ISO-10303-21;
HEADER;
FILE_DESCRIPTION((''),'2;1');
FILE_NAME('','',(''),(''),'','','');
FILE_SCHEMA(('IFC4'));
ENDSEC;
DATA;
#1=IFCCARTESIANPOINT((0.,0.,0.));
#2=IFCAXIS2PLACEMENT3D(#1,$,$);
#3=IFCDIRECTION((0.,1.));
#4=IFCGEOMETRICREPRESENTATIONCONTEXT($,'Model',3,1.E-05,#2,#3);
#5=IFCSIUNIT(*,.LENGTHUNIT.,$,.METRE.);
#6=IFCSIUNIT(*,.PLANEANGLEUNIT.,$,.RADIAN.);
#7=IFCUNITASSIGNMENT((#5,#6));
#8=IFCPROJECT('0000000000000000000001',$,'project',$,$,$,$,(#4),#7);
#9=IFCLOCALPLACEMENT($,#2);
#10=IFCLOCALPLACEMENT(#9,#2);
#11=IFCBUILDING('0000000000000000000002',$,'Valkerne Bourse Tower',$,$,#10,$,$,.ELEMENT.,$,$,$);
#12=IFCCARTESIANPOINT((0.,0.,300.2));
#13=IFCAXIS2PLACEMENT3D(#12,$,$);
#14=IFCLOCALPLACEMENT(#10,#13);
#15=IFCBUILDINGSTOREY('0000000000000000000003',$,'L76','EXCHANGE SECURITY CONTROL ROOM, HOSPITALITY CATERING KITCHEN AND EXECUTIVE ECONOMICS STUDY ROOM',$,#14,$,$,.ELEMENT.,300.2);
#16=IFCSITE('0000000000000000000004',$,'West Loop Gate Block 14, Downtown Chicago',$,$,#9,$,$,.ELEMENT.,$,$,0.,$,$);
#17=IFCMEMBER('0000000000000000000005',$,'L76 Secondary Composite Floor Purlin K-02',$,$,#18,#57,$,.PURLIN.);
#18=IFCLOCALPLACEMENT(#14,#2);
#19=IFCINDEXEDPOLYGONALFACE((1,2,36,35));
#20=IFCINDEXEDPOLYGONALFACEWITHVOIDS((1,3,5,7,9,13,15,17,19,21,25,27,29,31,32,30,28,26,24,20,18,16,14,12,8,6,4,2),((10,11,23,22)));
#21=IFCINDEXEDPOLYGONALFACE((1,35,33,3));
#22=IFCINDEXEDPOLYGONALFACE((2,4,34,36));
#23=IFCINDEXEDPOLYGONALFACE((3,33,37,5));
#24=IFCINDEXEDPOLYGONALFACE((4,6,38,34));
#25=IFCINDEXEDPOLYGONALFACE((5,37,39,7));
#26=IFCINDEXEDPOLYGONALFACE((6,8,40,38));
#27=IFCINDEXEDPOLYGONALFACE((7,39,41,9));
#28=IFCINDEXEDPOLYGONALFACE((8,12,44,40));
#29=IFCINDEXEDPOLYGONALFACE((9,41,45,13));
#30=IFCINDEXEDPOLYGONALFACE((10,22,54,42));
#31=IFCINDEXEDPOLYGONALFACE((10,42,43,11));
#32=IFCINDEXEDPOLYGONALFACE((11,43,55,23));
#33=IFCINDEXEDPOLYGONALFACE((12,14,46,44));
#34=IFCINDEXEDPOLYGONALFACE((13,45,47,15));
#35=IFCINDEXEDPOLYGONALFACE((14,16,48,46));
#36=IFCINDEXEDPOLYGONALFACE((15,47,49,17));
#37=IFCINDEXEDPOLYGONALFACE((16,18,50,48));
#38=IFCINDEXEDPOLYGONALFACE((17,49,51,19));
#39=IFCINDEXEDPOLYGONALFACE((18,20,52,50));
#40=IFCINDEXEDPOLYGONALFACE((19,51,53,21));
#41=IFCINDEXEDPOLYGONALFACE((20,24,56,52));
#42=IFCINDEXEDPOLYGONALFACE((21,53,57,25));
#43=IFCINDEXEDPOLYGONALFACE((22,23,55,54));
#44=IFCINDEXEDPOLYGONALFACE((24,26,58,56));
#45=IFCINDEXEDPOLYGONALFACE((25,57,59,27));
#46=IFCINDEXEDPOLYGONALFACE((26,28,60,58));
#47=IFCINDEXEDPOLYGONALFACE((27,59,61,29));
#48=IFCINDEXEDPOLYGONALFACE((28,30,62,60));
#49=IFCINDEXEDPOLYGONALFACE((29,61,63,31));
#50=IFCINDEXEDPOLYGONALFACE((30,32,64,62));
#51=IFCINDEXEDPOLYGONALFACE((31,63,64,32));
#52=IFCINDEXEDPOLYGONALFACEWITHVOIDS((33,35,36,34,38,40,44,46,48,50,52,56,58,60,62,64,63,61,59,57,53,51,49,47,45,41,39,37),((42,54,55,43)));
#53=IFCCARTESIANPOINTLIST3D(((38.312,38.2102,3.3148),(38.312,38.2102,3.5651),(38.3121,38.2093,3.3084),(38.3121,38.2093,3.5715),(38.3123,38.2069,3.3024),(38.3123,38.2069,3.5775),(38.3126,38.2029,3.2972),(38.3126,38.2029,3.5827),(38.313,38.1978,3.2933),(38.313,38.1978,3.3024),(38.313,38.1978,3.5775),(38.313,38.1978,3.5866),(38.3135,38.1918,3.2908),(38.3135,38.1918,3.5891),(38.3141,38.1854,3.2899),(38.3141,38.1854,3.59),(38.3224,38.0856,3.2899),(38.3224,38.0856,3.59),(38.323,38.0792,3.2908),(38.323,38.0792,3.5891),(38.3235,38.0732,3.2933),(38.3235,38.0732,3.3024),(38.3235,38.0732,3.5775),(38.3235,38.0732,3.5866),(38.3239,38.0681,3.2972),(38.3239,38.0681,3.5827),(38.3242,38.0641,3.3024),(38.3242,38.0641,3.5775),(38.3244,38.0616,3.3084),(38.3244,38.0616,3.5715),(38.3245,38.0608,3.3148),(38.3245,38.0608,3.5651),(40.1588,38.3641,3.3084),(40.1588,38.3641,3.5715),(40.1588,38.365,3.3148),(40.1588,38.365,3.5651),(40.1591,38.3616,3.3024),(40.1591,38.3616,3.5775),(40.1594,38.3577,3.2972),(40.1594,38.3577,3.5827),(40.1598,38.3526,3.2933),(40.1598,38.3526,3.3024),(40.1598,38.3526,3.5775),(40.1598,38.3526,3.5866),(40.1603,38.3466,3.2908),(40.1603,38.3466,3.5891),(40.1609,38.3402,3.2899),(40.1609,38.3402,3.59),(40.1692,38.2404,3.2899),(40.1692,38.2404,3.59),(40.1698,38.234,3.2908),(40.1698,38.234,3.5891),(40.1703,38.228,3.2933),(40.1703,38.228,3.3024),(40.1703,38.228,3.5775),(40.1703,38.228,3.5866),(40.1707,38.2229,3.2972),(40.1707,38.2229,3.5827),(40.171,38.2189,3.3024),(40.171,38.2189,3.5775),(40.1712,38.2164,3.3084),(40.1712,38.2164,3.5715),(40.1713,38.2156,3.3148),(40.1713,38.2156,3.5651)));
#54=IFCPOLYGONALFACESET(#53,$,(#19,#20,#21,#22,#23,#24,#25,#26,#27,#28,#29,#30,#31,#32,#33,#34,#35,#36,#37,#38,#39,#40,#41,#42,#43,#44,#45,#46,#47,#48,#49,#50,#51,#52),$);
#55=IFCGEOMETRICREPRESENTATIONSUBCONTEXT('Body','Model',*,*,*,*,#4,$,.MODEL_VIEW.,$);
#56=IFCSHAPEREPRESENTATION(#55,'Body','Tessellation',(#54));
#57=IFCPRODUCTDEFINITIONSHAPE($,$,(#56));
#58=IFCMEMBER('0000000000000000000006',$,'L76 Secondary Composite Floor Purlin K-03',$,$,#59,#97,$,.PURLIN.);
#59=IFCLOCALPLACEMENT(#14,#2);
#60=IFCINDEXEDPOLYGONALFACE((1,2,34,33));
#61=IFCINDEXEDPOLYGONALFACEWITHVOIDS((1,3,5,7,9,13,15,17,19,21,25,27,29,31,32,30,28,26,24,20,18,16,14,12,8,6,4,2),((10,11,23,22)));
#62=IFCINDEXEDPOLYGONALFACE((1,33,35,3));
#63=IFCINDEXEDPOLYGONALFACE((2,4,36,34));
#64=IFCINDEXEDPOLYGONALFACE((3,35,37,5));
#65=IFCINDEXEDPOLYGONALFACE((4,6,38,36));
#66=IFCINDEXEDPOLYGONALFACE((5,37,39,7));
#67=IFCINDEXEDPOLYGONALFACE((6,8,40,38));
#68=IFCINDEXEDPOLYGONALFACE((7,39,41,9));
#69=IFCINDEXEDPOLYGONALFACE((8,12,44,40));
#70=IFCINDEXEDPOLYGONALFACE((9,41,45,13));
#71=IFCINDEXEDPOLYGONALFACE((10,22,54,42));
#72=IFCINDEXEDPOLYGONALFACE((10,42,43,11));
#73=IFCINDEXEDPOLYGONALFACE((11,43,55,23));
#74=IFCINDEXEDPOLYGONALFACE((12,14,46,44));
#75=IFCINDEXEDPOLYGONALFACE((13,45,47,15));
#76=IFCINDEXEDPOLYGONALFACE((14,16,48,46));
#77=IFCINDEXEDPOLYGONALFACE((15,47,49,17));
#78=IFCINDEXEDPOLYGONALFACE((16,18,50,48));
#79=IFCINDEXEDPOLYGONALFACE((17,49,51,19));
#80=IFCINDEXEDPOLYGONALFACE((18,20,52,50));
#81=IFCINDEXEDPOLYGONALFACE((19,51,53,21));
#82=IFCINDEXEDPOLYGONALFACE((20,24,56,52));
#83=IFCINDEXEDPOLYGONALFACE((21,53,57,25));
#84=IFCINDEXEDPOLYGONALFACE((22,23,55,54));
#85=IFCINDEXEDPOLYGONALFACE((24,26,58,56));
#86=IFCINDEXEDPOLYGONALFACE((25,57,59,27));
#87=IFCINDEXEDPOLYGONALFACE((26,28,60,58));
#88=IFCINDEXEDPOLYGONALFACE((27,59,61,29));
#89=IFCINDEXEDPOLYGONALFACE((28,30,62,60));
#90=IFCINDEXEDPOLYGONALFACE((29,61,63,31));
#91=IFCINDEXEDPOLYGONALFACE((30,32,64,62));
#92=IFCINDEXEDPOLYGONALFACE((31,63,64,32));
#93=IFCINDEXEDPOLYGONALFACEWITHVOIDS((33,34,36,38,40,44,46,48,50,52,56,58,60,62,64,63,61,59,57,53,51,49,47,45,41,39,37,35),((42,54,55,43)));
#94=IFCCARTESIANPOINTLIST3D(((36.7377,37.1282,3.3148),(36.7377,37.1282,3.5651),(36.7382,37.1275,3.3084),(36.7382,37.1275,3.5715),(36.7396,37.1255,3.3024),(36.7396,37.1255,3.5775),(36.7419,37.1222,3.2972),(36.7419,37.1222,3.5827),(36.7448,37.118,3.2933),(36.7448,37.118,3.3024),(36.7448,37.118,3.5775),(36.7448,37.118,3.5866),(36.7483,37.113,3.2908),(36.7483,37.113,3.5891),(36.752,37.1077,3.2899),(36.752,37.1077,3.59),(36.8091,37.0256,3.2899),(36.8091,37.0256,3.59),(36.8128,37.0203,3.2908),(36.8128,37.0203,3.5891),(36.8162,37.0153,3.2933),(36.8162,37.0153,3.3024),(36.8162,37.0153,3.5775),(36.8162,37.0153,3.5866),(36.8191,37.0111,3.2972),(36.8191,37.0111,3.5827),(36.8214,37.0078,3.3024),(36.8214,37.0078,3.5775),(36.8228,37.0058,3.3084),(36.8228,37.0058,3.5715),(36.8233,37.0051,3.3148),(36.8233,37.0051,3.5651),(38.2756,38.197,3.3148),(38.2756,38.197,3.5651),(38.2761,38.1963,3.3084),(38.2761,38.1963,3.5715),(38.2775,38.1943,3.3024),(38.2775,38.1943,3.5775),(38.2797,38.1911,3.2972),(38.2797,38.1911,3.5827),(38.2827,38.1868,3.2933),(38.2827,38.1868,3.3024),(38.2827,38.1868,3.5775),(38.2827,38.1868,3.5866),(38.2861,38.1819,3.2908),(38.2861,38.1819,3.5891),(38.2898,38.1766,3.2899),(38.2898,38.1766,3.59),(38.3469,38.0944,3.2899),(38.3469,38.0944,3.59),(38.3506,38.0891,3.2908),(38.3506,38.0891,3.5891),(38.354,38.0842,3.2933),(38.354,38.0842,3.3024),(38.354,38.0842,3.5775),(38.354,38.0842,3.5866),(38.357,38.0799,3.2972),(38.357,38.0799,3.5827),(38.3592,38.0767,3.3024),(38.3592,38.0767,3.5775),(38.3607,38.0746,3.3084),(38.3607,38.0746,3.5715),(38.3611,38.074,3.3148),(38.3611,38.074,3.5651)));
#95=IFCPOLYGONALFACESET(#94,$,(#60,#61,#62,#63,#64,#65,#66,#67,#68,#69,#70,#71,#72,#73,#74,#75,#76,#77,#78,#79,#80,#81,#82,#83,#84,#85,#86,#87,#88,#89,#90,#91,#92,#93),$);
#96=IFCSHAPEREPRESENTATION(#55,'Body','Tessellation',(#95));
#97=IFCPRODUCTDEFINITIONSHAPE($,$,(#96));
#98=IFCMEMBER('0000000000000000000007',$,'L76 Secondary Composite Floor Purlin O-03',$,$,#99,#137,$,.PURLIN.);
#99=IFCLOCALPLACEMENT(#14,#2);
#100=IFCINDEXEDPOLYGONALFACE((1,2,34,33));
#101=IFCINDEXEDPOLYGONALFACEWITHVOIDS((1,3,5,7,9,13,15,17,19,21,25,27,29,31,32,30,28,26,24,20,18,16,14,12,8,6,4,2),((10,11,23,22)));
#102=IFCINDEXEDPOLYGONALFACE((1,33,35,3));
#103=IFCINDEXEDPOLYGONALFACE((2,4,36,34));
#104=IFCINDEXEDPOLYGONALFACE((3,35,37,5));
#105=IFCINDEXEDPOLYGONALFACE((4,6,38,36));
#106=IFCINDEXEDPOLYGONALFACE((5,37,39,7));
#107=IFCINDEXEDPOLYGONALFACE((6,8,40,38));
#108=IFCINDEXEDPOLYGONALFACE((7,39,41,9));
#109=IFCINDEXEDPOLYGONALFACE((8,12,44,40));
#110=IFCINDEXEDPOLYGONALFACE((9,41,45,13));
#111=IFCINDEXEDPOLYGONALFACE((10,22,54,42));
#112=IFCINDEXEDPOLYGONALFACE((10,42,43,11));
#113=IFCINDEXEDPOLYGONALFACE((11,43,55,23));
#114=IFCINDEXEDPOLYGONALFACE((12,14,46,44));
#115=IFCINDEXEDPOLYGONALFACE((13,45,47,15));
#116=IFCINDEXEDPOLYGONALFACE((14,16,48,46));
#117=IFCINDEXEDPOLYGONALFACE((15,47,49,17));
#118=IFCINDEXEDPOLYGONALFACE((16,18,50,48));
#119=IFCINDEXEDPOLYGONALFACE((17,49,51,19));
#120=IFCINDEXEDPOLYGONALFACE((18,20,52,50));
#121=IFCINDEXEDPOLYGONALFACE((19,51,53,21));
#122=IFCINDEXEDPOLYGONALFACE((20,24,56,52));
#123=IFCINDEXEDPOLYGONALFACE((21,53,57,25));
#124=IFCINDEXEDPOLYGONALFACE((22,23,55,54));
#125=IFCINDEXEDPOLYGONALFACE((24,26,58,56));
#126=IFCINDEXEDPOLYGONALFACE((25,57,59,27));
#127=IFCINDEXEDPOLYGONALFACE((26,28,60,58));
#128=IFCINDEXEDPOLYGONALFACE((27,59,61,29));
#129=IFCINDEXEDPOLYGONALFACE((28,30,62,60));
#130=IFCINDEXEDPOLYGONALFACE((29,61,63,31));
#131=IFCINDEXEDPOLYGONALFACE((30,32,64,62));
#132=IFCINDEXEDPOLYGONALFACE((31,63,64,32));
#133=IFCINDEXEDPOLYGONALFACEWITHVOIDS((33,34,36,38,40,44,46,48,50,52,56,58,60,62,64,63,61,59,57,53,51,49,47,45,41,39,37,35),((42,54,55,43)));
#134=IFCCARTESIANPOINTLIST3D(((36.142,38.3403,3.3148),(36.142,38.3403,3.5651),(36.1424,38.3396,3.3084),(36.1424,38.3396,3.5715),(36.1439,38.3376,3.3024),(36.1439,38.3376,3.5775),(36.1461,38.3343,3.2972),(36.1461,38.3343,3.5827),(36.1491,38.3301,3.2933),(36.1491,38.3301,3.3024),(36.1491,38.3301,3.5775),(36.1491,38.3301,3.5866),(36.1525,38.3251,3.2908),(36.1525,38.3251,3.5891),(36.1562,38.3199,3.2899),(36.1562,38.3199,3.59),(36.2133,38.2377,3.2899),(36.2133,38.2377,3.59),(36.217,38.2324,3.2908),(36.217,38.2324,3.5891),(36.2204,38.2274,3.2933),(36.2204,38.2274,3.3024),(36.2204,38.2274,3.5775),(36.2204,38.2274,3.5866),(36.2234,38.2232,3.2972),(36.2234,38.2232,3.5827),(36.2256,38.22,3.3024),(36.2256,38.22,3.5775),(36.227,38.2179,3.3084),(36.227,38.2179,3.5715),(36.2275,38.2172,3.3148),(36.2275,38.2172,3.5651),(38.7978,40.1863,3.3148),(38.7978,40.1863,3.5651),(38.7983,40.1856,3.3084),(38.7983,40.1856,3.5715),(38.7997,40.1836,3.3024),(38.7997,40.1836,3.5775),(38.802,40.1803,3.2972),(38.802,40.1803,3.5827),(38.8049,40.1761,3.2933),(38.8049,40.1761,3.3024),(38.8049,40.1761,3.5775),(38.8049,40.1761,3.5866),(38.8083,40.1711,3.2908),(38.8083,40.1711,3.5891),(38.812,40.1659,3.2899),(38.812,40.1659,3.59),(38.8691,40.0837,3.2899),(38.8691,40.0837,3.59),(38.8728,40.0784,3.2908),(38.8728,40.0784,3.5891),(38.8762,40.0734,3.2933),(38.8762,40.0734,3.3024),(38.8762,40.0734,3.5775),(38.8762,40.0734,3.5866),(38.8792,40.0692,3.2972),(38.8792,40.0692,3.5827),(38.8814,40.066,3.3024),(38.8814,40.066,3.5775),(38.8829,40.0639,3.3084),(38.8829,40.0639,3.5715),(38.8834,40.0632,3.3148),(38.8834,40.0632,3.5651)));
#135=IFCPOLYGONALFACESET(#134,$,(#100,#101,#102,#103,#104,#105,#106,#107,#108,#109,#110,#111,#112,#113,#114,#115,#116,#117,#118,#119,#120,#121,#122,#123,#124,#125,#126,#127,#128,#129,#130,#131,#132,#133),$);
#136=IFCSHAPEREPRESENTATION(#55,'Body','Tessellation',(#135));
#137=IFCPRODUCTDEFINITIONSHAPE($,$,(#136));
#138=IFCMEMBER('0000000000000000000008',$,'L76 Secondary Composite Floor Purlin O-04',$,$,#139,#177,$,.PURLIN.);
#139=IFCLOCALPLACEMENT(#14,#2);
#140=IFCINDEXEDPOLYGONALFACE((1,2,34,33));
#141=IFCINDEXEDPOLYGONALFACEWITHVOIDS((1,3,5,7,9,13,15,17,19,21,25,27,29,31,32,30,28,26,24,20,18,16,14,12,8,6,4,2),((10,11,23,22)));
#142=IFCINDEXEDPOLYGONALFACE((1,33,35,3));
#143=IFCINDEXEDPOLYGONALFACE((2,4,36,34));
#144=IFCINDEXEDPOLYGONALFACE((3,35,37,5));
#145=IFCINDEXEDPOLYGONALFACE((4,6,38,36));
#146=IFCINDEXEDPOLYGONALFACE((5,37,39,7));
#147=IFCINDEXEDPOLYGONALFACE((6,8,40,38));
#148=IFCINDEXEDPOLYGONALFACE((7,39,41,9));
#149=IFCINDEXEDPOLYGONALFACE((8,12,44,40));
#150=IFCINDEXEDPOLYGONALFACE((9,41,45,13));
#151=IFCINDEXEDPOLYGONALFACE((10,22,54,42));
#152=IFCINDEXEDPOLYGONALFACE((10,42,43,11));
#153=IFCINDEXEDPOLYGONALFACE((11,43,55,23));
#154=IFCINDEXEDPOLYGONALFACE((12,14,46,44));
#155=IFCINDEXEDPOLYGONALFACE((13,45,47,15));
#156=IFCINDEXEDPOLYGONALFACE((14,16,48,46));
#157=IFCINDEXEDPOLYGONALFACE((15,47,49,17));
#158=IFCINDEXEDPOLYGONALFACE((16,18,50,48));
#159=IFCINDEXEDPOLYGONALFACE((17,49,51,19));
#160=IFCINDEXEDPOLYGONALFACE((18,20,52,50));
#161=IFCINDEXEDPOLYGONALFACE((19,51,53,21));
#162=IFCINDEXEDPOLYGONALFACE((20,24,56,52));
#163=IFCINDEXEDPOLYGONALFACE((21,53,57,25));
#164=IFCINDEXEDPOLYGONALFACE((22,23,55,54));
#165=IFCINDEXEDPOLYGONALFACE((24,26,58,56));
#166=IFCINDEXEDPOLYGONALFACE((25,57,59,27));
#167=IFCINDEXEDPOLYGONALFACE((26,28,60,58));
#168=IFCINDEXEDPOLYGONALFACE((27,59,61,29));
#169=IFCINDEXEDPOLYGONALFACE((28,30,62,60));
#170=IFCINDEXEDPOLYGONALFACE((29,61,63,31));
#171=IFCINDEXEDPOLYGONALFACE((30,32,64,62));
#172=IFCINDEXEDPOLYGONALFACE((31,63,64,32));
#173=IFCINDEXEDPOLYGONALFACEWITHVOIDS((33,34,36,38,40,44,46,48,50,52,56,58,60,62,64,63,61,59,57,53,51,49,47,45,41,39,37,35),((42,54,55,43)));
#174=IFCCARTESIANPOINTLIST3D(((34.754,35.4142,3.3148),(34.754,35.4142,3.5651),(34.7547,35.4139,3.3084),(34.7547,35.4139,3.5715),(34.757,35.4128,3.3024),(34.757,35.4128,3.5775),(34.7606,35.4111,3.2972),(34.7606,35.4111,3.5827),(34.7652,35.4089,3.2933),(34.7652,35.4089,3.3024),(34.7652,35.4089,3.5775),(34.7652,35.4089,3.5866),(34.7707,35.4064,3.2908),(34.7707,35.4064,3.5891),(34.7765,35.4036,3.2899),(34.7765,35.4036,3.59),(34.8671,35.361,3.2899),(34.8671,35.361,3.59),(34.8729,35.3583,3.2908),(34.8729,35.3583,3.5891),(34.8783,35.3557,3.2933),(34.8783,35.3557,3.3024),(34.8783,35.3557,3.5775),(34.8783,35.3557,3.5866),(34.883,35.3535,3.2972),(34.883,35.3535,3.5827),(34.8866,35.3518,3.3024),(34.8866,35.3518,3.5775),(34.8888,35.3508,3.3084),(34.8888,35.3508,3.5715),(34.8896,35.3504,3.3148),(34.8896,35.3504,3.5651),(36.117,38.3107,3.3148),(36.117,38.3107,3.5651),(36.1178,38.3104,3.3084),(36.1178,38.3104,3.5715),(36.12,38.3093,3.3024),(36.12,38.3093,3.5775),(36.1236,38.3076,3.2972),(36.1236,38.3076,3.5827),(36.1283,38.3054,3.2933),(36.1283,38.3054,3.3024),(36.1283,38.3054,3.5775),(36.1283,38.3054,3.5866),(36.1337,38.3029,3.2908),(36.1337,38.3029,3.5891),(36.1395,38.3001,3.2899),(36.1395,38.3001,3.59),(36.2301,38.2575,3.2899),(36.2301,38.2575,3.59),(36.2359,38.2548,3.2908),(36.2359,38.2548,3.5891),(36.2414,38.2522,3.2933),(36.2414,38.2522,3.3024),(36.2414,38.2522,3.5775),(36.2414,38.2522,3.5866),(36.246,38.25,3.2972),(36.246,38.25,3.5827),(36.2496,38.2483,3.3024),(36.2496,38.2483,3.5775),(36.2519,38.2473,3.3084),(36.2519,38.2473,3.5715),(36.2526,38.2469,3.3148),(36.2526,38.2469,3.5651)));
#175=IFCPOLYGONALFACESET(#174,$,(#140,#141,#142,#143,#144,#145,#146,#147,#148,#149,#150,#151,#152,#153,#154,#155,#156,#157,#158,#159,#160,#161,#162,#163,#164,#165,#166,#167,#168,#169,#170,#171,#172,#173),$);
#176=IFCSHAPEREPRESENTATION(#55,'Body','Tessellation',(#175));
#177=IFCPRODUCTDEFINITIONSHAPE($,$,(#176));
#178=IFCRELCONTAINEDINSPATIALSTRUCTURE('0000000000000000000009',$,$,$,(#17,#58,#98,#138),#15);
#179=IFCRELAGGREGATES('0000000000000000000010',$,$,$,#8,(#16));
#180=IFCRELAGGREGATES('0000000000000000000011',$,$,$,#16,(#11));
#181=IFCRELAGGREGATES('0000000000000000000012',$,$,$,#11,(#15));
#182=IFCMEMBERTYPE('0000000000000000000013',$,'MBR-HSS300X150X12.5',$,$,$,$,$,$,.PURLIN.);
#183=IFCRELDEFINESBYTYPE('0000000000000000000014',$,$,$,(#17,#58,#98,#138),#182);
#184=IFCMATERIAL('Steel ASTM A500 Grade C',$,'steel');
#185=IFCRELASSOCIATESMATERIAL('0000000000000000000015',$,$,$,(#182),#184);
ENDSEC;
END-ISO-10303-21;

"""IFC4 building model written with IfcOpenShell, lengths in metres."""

from ifc_helpers import new_model, si_unit, direction, frame, origin, origin_2d, place, context, subcontext, project, spatial, hollow_rectangle, extrude, material, material_profile, profile_set, type_object, element, save


model = new_model("IFC4")

# Units and contexts
model_context = context("Model", 3, precision=1e-05, world=origin(), true_north=direction((0.0, 1.0)))
body_context = subcontext(model_context, "Body", "Model", "MODEL_VIEW")
ifc_project = project(units=[si_unit("LENGTHUNIT", "METRE"), si_unit("PLANEANGLEUNIT", "RADIAN")], contexts=[model_context])

# Site, building, storey
site_placement = place(None, origin())
site = spatial("IfcSite", under=ifc_project, at=site_placement, Name="West Loop Gate Block 14, Downtown Chicago", CompositionType="ELEMENT", RefElevation=0.0)
building_placement = place(site_placement, origin())
building = spatial("IfcBuilding", under=site, at=building_placement, Name="Valkerne Bourse Tower", CompositionType="ELEMENT")
storey_placement = place(building_placement, frame((0.0, 0.0, 300.2)))
storey = spatial("IfcBuildingStorey", under=building, at=storey_placement, Name="L76", Description="EXCHANGE SECURITY CONTROL ROOM, HOSPITALITY CATERING KITCHEN AND EXECUTIVE ECONOMICS STUDY ROOM", CompositionType="ELEMENT", Elevation=300.2)

# Members
ifc_material_1 = material(Name="Steel ASTM A500 Grade C", Category="steel")
ifc_material_profile_1 = material_profile(ifc_material_1, hollow_rectangle(XDim=0.1499, YDim=0.3, WallThickness=0.0125, OuterFilletRadius=0.0249, at=origin_2d()), Name="HSS300X150X12.5")
ifc_profile_set_1 = profile_set([ifc_material_profile_1], Name="Steel ASTM A500 Grade C")
member_type_1 = type_object("IfcMemberType", Name="MBR-HSS300X150X12.5", PredefinedType="PURLIN", material=ifc_profile_set_1)
member_1_placement = place(storey_placement, frame((40.165, 38.2903, 3.4399), z_axis=(-0.996506, -0.083525, 0.0), x_axis=(0.083525, -0.996506, 0.0)))
element("IfcMember", 1, at=member_1_placement, inside=storey, type_object=member_type_1, Name="L76 Secondary Composite Floor Purlin K-02", PredefinedType="PURLIN", context=body_context, shape_type="SweptSolid", body=[
    extrude(hollow_rectangle(XDim=0.1499, YDim=0.3, WallThickness=0.0125, OuterFilletRadius=0.0249, at=origin_2d()), origin(), (0.0, 0.0, 1.0), 1.8533),
])
member_2_placement = place(storey_placement, frame((38.3184, 38.1355, 3.4399), z_axis=(-0.821144, -0.570721, 0.0), x_axis=(0.570721, -0.821144, 0.0)))
element("IfcMember", 2, at=member_2_placement, inside=storey, type_object=member_type_1, Name="L76 Secondary Composite Floor Purlin K-03", PredefinedType="PURLIN", context=body_context, shape_type="SweptSolid", body=[
    extrude(hollow_rectangle(XDim=0.1499, YDim=0.3, WallThickness=0.0125, OuterFilletRadius=0.0249, at=origin_2d()), origin(), (0.0, 0.0, 1.0), 1.8728),
])
member_3_placement = place(storey_placement, frame((38.8406, 40.1248, 3.4399), z_axis=(-0.821128, -0.570744, 0.0), x_axis=(0.570744, -0.821128, 0.0)))
element("IfcMember", 3, at=member_3_placement, inside=storey, type_object=member_type_1, Name="L76 Secondary Composite Floor Purlin O-03", PredefinedType="PURLIN", context=body_context, shape_type="SweptSolid", body=[
    extrude(hollow_rectangle(XDim=0.1499, YDim=0.3, WallThickness=0.0125, OuterFilletRadius=0.0249, at=origin_2d()), origin(), (0.0, 0.0, 1.0), 3.2344),
])
member_4_placement = place(storey_placement, frame((36.1848, 38.2788, 3.4399), z_axis=(-0.425793, -0.90482, 0.0), x_axis=(0.90482, -0.425793, 0.0)))
element("IfcMember", 4, at=member_4_placement, inside=storey, type_object=member_type_1, Name="L76 Secondary Composite Floor Purlin O-04", PredefinedType="PURLIN", context=body_context, shape_type="SweptSolid", body=[
    extrude(hollow_rectangle(XDim=0.1499, YDim=0.3, WallThickness=0.0125, OuterFilletRadius=0.0249, at=origin_2d()), origin(), (0.0, 0.0, 1.0), 3.2012),
])

save(model, "model.ifc")
